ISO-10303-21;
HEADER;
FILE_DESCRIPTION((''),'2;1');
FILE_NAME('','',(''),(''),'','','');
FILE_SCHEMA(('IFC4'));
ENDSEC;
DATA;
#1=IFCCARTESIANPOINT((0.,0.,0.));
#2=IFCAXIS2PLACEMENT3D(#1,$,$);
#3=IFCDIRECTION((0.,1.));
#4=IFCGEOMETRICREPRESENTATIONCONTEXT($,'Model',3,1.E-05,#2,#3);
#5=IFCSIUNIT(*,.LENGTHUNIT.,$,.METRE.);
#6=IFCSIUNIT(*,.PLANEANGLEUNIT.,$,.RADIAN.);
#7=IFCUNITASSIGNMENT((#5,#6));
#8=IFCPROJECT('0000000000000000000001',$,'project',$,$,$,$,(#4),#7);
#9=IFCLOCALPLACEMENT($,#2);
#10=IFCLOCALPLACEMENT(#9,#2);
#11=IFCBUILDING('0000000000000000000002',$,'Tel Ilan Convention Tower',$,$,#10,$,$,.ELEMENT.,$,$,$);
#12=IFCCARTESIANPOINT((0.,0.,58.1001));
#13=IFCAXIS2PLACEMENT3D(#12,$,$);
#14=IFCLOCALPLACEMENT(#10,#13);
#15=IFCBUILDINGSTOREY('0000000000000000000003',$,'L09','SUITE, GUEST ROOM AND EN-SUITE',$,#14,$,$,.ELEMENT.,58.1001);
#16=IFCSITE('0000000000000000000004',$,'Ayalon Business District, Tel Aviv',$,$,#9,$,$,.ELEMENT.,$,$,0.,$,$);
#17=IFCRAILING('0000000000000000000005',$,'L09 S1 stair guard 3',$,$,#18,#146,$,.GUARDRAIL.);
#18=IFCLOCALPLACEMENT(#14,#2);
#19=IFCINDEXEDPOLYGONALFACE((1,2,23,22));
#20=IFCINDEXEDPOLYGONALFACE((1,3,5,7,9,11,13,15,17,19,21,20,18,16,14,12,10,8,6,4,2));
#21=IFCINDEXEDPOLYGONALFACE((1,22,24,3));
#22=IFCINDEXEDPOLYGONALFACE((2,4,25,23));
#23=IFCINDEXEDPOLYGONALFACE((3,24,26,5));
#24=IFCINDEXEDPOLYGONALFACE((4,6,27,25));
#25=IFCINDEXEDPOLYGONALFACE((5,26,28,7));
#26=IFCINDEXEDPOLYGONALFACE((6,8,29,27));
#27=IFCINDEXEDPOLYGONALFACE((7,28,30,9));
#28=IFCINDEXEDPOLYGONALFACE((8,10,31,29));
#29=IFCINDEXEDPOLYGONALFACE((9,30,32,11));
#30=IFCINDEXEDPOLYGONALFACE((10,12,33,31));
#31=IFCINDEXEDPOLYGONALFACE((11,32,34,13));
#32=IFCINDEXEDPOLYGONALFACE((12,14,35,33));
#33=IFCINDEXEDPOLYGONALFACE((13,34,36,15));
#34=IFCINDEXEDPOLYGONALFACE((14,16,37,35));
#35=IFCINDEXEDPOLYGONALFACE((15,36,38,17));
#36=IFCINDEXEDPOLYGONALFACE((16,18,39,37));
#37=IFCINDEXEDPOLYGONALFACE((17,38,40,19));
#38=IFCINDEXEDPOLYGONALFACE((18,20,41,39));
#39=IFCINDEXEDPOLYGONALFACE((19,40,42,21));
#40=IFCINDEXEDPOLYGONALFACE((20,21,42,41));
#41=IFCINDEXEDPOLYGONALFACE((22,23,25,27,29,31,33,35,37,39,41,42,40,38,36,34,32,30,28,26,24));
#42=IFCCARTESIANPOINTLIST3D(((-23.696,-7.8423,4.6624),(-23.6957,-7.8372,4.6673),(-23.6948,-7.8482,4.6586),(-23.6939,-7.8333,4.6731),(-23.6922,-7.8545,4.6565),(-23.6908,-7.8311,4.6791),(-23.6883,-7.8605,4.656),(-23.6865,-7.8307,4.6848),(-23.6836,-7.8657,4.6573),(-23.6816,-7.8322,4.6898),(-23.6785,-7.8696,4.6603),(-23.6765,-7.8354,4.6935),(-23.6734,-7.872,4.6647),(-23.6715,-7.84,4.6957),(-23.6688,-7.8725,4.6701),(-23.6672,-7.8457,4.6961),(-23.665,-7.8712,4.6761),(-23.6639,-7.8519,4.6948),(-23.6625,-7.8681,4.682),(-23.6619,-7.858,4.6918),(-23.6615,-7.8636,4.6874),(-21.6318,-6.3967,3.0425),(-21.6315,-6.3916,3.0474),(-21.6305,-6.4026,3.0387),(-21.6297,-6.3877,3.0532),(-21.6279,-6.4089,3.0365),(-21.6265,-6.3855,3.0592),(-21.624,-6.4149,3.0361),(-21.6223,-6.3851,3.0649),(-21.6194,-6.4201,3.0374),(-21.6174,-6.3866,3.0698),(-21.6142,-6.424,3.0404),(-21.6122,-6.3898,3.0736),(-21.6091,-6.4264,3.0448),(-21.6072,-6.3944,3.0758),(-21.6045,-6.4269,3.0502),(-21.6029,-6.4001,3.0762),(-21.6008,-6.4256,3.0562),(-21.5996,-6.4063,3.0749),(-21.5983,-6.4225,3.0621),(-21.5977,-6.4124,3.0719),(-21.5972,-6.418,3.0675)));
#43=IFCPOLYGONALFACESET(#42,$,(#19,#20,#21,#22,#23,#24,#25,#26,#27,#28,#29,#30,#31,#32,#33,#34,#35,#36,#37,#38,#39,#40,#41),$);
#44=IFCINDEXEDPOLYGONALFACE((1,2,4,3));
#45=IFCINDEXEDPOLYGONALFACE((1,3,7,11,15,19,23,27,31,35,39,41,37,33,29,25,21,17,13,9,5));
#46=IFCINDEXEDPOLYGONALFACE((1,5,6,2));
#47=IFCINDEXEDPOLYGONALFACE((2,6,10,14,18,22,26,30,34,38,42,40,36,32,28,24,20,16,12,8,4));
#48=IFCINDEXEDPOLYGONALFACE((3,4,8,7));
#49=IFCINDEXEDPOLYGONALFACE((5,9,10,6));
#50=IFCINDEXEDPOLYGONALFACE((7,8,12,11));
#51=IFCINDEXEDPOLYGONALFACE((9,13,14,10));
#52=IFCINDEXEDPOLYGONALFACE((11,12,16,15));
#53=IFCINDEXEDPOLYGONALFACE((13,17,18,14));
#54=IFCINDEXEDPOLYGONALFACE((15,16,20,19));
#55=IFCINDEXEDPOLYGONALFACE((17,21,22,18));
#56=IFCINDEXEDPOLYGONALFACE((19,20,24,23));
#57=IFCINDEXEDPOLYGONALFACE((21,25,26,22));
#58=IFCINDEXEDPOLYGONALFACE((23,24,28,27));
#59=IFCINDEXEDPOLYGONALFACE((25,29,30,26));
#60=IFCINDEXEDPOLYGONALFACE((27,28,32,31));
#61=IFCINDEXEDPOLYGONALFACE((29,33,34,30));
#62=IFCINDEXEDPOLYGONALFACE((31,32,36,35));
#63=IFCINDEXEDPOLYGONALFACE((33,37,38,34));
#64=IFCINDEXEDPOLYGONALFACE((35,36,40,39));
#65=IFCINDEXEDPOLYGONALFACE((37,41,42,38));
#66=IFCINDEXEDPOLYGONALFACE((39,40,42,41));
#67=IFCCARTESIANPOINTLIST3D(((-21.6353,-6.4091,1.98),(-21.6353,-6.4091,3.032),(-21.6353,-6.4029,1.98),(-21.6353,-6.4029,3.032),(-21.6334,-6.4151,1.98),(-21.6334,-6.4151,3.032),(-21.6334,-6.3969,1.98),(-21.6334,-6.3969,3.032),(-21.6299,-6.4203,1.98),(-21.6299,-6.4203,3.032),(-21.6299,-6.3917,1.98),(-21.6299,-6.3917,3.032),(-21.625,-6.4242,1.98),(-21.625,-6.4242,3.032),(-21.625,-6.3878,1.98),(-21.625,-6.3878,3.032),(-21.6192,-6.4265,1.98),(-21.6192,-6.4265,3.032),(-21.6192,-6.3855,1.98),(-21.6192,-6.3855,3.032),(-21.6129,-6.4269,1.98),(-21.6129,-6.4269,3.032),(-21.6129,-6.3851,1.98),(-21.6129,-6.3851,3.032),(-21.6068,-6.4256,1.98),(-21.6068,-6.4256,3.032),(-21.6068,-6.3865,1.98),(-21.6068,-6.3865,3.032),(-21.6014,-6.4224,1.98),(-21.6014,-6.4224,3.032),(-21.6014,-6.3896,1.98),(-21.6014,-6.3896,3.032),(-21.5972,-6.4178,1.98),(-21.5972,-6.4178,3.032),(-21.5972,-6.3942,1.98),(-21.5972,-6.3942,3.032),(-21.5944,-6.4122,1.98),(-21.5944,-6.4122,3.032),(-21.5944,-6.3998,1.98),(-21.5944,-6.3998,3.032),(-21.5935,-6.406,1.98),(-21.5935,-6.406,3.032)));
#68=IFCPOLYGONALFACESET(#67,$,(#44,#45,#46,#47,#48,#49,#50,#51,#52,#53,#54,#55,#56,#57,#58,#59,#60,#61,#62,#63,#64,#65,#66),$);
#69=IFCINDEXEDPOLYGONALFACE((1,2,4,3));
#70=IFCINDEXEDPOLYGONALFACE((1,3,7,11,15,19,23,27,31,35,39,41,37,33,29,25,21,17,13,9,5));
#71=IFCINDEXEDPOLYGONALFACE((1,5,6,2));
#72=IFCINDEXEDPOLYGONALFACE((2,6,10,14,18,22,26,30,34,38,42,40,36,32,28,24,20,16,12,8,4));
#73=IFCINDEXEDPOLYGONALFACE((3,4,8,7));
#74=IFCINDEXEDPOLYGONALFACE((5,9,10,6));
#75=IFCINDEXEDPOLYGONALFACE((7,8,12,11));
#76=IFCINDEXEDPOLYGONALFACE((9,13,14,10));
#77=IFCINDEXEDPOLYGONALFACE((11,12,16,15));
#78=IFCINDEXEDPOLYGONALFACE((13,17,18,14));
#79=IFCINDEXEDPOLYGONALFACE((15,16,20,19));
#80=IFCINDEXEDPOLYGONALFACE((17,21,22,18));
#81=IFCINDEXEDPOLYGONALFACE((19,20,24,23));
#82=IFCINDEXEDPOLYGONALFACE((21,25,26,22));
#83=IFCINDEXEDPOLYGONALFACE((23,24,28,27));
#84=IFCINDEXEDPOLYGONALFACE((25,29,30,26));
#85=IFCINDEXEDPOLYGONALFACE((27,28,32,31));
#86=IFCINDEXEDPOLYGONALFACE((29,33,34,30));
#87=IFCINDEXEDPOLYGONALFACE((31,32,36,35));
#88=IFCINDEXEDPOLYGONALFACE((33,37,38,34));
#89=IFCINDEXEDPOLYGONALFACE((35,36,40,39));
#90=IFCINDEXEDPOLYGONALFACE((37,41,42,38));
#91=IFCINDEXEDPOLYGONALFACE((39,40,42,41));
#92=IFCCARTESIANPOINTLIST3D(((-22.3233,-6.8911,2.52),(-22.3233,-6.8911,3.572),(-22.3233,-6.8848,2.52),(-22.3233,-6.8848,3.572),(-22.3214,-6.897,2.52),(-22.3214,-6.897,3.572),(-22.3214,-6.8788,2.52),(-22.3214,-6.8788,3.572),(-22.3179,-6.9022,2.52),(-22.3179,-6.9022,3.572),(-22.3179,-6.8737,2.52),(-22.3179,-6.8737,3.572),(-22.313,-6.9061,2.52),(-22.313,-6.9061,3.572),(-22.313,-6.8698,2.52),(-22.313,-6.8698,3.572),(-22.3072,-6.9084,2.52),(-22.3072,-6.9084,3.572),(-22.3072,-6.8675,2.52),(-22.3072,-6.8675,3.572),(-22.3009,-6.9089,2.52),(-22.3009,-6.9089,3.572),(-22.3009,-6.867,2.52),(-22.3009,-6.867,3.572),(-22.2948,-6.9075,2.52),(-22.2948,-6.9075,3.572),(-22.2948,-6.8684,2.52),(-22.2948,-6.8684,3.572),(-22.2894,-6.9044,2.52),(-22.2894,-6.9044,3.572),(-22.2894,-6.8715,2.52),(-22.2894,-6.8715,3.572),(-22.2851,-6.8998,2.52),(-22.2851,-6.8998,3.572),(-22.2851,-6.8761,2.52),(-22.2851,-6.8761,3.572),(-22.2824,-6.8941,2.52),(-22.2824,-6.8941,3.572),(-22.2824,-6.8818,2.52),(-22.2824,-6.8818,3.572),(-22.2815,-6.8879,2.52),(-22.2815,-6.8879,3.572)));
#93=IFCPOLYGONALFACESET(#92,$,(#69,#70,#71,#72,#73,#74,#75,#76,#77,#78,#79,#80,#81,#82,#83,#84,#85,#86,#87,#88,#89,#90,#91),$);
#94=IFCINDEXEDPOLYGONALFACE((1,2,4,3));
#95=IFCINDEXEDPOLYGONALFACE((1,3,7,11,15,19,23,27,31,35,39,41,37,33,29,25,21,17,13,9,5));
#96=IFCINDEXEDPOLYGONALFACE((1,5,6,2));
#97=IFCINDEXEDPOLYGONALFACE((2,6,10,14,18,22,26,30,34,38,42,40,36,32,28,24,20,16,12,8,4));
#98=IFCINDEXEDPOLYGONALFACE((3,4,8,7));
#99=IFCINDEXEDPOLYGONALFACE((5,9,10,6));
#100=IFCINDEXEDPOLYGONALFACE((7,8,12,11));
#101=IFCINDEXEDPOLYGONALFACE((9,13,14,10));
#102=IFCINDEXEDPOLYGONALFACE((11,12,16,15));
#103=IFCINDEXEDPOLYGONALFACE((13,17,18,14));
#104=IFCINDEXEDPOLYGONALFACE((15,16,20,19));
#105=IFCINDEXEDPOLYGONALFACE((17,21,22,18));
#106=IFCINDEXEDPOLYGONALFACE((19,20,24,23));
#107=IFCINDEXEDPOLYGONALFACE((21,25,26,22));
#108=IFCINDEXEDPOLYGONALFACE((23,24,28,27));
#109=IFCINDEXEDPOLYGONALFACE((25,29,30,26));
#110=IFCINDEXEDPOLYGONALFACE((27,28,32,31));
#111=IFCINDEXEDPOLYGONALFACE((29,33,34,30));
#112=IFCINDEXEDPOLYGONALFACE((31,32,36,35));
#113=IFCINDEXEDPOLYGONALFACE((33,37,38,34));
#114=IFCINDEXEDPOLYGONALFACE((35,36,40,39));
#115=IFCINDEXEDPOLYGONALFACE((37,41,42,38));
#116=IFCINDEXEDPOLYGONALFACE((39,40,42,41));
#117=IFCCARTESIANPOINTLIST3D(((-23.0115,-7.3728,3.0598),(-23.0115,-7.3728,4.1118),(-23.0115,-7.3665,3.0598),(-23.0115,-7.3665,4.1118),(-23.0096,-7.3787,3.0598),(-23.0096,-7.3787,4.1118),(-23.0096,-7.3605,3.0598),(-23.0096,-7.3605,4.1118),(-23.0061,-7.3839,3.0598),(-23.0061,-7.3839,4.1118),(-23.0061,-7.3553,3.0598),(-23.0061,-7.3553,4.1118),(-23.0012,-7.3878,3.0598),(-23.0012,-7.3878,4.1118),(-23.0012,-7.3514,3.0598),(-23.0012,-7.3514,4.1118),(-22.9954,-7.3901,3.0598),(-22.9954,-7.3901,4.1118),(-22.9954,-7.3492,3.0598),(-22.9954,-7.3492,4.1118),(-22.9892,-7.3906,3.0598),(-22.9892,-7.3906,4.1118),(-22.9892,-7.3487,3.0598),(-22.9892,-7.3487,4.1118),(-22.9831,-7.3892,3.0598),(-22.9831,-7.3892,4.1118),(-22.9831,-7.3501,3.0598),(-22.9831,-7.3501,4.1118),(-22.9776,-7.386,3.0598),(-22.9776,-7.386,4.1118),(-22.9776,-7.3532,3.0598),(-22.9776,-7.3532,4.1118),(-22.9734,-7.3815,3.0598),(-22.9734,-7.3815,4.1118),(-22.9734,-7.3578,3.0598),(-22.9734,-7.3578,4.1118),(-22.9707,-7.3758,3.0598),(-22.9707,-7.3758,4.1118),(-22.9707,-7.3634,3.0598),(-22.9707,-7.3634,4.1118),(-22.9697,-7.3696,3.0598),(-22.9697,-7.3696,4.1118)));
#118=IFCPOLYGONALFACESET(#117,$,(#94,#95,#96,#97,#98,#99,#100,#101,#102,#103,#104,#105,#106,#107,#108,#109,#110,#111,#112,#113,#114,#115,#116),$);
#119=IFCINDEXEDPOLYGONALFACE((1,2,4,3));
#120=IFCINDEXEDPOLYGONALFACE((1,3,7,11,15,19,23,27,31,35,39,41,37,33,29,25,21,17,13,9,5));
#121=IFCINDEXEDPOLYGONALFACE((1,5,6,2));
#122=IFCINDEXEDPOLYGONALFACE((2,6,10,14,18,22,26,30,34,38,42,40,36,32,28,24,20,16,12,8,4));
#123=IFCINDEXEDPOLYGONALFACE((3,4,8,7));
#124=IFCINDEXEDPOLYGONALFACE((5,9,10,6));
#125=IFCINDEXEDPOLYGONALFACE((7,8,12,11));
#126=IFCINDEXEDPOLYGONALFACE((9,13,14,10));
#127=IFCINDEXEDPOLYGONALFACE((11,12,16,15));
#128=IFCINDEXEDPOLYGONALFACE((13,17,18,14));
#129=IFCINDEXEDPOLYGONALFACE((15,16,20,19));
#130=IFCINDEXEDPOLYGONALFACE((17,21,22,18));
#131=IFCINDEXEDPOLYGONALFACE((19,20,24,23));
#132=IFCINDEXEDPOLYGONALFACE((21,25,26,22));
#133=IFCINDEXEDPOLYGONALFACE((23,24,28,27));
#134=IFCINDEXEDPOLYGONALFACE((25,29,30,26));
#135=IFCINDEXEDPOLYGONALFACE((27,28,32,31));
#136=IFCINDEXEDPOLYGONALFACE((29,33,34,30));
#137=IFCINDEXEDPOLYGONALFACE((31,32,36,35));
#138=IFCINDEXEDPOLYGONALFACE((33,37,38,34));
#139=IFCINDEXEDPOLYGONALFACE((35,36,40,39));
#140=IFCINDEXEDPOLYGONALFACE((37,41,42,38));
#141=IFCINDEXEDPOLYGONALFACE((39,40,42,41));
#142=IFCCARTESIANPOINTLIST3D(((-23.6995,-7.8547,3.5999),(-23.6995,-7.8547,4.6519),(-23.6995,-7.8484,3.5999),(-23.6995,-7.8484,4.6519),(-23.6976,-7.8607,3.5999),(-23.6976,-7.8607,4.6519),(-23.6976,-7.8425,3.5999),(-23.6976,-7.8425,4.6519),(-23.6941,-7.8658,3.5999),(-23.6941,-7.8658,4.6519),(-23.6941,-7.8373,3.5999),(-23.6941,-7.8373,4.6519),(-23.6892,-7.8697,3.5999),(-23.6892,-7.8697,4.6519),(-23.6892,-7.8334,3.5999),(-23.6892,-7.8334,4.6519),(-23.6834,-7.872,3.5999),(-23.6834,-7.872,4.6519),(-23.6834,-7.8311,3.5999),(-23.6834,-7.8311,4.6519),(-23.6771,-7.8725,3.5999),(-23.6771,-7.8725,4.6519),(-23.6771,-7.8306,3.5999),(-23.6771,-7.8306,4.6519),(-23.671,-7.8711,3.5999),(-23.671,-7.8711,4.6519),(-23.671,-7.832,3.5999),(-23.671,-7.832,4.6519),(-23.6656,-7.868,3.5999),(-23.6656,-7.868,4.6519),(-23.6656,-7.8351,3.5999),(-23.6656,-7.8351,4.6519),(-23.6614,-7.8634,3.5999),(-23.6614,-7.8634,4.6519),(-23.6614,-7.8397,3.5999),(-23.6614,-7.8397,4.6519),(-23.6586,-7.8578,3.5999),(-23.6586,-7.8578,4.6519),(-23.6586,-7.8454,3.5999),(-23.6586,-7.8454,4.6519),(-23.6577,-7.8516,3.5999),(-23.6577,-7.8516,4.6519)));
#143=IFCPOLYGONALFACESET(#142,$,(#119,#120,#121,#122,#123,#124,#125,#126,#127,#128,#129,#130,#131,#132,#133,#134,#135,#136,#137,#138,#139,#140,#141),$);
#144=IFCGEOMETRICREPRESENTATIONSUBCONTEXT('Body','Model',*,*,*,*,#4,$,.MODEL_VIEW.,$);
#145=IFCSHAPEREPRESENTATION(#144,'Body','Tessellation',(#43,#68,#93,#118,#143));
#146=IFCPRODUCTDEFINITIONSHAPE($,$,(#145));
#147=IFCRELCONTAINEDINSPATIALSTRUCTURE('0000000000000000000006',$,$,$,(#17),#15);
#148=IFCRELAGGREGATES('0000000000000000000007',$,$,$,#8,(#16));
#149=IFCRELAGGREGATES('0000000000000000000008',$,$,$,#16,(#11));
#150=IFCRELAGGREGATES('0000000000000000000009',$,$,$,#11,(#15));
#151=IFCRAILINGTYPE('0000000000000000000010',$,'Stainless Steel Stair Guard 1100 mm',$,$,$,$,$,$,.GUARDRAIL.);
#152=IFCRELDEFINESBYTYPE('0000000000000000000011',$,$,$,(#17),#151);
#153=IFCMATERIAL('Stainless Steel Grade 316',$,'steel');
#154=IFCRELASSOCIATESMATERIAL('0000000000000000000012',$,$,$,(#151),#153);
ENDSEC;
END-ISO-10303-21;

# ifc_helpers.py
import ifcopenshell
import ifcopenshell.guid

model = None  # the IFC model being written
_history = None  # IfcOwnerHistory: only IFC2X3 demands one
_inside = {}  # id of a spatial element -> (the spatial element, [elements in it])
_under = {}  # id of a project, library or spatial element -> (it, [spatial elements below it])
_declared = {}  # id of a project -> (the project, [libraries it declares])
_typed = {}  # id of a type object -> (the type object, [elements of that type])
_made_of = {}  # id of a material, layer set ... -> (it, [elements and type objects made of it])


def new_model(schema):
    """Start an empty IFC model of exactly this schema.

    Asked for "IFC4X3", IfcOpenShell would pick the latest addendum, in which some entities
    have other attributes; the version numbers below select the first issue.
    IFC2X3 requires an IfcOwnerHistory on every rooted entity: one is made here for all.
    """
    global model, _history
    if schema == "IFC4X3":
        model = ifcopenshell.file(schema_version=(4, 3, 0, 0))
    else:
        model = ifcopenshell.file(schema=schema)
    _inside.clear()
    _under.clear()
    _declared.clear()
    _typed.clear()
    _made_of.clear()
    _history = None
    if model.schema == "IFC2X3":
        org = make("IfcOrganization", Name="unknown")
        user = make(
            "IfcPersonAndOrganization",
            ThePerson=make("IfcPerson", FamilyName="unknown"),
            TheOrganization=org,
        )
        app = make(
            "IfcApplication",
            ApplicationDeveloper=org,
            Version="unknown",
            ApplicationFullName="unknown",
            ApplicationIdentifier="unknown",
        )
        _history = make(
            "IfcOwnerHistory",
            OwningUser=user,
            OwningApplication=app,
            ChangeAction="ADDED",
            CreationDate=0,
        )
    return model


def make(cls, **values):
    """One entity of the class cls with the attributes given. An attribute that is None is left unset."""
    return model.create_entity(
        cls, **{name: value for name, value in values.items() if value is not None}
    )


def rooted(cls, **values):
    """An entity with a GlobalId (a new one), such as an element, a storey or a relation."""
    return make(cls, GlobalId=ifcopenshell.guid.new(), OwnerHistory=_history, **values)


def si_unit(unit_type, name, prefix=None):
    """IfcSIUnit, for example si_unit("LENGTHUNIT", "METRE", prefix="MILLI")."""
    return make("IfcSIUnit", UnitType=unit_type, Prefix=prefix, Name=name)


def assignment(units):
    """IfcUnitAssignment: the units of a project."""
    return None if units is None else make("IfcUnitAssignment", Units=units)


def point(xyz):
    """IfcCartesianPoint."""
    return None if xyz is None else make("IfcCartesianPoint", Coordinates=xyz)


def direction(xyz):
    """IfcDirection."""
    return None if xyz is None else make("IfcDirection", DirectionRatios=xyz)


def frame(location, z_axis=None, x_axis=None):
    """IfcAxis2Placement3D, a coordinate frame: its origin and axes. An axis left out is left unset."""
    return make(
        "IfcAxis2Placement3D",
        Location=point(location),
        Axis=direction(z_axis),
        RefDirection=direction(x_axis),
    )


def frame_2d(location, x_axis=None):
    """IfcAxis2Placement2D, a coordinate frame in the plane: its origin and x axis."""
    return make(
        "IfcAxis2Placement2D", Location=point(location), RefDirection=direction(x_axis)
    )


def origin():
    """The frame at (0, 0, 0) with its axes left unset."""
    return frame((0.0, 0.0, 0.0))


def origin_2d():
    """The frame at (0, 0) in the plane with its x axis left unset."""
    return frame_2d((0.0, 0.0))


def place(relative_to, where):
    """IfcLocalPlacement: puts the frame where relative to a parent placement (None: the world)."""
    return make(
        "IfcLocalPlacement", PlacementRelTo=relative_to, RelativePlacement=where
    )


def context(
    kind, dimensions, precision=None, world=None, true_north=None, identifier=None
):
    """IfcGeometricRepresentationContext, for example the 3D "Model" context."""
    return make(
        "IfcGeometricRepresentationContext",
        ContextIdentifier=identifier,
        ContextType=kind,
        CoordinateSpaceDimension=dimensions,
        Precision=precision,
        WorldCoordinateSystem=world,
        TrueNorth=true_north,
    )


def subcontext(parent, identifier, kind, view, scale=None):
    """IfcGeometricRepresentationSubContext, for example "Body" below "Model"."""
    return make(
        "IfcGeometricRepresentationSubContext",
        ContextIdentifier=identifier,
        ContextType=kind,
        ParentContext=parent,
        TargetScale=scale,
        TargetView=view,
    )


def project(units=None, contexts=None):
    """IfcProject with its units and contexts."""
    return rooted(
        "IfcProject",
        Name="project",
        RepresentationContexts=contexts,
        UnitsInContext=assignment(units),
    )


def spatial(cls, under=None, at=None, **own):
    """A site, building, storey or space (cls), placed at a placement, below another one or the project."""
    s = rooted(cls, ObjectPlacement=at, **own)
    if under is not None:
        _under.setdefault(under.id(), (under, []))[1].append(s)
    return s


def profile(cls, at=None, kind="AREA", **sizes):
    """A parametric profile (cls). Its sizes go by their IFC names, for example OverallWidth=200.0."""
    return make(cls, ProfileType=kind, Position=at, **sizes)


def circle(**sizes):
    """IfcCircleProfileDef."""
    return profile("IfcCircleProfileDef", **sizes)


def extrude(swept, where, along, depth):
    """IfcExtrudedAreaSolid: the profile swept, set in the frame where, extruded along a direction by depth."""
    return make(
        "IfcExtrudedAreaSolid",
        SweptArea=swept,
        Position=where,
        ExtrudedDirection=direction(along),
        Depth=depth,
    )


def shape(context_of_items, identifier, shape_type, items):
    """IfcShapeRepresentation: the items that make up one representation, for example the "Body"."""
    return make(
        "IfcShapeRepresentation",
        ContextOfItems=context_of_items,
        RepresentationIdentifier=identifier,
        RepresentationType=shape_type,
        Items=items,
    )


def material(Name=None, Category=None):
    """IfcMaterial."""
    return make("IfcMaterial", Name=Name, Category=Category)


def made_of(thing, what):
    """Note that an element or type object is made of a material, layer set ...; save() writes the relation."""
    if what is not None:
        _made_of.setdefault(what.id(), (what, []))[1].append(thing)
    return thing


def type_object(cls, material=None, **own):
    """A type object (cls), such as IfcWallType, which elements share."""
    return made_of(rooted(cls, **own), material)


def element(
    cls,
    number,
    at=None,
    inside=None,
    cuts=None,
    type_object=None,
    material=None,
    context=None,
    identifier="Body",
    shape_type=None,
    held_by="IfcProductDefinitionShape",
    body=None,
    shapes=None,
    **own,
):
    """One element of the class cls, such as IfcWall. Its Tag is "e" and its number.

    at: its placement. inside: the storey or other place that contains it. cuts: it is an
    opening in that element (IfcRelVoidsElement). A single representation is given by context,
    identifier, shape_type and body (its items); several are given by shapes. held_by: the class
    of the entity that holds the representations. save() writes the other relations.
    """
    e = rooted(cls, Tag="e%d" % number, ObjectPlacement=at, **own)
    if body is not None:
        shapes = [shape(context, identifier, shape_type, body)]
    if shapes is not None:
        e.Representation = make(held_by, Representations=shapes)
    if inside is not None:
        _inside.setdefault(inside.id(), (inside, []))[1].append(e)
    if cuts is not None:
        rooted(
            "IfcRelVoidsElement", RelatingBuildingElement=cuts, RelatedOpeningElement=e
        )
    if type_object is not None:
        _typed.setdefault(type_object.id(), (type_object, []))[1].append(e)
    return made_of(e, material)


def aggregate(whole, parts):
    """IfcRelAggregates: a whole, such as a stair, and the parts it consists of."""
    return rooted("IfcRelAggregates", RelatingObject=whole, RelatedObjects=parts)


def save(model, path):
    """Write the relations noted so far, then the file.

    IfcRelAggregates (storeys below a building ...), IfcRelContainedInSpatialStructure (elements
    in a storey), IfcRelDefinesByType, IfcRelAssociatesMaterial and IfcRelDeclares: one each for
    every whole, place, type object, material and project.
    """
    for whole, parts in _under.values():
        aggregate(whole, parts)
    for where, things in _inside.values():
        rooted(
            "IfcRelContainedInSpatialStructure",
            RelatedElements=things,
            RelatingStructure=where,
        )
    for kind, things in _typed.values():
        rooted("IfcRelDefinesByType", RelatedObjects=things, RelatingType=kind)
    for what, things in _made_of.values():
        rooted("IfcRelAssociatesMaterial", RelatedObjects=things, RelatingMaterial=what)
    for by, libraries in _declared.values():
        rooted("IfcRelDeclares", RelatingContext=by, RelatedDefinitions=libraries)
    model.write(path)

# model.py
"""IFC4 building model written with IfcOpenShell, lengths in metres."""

from ifc_helpers import new_model, si_unit, direction, frame, origin, origin_2d, place, context, subcontext, project, spatial, circle, extrude, material, type_object, element, save


model = new_model("IFC4")

# Units and contexts
model_context = context("Model", 3, precision=1e-05, world=origin(), true_north=direction((0.0, 1.0)))
body_context = subcontext(model_context, "Body", "Model", "MODEL_VIEW")
ifc_project = project(units=[si_unit("LENGTHUNIT", "METRE"), si_unit("PLANEANGLEUNIT", "RADIAN")], contexts=[model_context])

# Site, building, storey
site_placement = place(None, origin())
site = spatial("IfcSite", under=ifc_project, at=site_placement, Name="Ayalon Business District, Tel Aviv", CompositionType="ELEMENT", RefElevation=0.0)
building_placement = place(site_placement, origin())
building = spatial("IfcBuilding", under=site, at=building_placement, Name="Tel Ilan Convention Tower", CompositionType="ELEMENT")
storey_placement = place(building_placement, frame((0.0, 0.0, 58.1001)))
storey = spatial("IfcBuildingStorey", under=building, at=storey_placement, Name="L09", Description="SUITE, GUEST ROOM AND EN-SUITE", CompositionType="ELEMENT", Elevation=58.1001)

# Railing
ifc_material_1 = material(Name="Stainless Steel Grade 316", Category="steel")
railing_type_1 = type_object("IfcRailingType", Name="Stainless Steel Stair Guard 1100 mm", PredefinedType="GUARDRAIL", material=ifc_material_1)
railing_1_placement = place(storey_placement, frame((-21.6145, -6.406, 1.98)))
element("IfcRailing", 1, at=railing_1_placement, inside=storey, type_object=railing_type_1, Name="L09 S1 stair guard 3", PredefinedType="GUARDRAIL", context=body_context, shape_type="SweptSolid", body=[
    extrude(circle(Radius=0.0239, at=origin_2d()), frame((0.0, 0.0, 1.0762), z_axis=(-0.689043, -0.482534, 0.540722), x_axis=(0.573625, -0.819118, 0.0)), (0.0, 0.0, 1.0), 2.9958),
    extrude(circle(Radius=0.021, at=origin_2d()), origin(), (0.0, 0.0, 1.0), 1.052),
    extrude(circle(Radius=0.021, at=origin_2d()), frame((-0.688, -0.4819, 0.54)), (0.0, 0.0, 1.0), 1.052),
    extrude(circle(Radius=0.021, at=origin_2d()), frame((-1.3762, -0.9636, 1.0798)), (0.0, 0.0, 1.0), 1.052),
    extrude(circle(Radius=0.021, at=origin_2d()), frame((-2.0642, -1.4456, 1.6199)), (0.0, 0.0, 1.0), 1.052),
])

save(model, "model.ifc")
